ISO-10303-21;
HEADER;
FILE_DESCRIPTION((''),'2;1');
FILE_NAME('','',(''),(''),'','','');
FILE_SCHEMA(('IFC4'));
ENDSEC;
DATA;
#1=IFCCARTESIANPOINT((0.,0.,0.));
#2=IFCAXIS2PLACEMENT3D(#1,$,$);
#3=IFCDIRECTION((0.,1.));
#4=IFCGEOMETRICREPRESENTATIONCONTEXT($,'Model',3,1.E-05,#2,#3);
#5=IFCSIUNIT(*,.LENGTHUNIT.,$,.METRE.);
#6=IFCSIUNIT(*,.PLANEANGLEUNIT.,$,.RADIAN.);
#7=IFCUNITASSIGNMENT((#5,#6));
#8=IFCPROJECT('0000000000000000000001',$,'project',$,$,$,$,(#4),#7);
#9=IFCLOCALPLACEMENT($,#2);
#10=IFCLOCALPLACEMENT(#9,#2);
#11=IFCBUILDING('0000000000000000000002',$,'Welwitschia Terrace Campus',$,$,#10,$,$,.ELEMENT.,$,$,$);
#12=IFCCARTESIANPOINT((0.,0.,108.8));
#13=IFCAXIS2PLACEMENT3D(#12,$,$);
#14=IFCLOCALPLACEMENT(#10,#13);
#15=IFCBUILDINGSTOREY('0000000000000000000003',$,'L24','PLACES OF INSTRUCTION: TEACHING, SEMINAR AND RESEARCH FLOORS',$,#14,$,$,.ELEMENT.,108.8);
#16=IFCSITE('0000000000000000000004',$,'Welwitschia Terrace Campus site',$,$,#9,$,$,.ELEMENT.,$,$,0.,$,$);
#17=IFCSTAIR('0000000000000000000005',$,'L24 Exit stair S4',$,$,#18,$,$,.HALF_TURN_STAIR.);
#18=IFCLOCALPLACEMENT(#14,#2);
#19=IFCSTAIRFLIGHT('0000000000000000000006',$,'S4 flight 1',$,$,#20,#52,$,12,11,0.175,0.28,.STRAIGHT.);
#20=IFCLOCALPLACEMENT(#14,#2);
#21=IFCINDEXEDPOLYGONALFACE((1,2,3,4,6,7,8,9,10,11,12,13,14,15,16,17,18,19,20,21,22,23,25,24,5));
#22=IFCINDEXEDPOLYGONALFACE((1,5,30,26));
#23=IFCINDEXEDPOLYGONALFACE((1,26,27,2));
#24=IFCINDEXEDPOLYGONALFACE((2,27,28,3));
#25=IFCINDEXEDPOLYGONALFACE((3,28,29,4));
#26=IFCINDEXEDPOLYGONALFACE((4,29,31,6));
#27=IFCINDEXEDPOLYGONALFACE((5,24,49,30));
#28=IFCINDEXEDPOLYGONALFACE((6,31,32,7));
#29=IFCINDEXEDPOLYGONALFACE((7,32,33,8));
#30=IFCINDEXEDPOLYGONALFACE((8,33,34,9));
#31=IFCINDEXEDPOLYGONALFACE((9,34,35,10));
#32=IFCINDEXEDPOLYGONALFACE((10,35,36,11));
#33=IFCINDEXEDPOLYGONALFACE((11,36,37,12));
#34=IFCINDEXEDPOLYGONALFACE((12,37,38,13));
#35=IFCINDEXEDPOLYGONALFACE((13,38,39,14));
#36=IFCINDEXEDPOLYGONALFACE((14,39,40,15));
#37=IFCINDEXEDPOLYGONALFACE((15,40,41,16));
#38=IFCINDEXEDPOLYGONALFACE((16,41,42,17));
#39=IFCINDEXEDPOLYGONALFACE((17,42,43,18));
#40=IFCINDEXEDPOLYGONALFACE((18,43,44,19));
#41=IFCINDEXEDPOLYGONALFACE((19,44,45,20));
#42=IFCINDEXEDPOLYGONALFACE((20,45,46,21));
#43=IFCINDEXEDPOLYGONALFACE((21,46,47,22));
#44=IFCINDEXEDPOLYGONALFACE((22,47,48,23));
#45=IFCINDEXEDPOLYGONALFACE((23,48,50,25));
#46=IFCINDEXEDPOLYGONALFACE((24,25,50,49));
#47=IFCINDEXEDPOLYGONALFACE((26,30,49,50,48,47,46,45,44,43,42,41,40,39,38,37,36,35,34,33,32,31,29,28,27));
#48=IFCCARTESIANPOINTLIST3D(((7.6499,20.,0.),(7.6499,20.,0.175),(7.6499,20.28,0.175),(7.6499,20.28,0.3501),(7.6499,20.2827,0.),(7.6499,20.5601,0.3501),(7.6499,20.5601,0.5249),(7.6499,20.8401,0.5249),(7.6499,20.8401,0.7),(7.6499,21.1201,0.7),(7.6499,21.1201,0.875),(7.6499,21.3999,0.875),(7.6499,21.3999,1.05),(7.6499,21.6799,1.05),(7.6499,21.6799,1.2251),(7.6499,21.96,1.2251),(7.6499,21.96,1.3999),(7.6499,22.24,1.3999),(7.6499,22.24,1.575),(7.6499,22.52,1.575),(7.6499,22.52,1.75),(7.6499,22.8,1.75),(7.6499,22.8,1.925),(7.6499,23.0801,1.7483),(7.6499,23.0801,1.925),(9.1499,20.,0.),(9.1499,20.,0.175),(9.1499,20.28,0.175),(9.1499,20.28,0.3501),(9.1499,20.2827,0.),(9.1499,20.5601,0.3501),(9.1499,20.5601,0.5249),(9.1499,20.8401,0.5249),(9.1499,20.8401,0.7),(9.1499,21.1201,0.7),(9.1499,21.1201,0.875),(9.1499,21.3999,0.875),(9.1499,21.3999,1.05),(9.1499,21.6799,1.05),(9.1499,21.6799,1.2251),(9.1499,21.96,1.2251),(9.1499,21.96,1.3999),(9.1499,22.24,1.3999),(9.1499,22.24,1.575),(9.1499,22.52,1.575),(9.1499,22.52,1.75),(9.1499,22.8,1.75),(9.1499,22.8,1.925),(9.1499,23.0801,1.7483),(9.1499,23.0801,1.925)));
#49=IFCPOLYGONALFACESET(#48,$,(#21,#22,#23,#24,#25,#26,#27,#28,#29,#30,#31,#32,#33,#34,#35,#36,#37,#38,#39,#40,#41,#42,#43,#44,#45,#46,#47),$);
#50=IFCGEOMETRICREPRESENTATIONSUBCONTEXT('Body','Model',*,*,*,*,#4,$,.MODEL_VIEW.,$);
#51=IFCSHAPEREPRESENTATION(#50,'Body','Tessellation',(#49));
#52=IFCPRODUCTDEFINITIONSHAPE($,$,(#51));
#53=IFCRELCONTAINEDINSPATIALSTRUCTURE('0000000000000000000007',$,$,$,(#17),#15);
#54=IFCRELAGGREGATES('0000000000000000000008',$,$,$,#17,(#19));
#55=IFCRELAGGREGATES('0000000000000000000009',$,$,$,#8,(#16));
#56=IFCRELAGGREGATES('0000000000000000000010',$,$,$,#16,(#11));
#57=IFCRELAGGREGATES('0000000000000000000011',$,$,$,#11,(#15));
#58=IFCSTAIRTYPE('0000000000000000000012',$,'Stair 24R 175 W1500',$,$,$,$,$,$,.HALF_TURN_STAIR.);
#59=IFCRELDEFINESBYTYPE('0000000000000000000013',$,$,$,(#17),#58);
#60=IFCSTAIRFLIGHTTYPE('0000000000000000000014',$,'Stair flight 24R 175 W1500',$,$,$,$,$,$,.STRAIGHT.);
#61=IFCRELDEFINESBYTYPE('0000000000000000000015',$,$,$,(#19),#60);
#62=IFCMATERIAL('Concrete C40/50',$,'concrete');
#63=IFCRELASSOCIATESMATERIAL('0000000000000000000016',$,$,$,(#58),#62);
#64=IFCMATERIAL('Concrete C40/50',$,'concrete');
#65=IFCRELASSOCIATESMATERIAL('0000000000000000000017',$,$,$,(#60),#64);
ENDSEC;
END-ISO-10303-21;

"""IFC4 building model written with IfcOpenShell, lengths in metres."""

from ifc_helpers import new_model, si_unit, direction, frame, origin, place, context, subcontext, project, spatial, polyline, outline, extrude, material, type_object, element, aggregate, save


model = new_model("IFC4")

# Units and contexts
model_context = context("Model", 3, precision=1e-05, world=origin(), true_north=direction((0.0, 1.0)))
body_context = subcontext(model_context, "Body", "Model", "MODEL_VIEW")
ifc_project = project(units=[si_unit("LENGTHUNIT", "METRE"), si_unit("PLANEANGLEUNIT", "RADIAN")], contexts=[model_context])

# Site, building, storey
site_placement = place(None, origin())
site = spatial("IfcSite", under=ifc_project, at=site_placement, Name="Welwitschia Terrace Campus site", CompositionType="ELEMENT", RefElevation=0.0)
building_placement = place(site_placement, origin())
building = spatial("IfcBuilding", under=site, at=building_placement, Name="Welwitschia Terrace Campus", CompositionType="ELEMENT")
storey_placement = place(building_placement, frame((0.0, 0.0, 108.8)))
storey = spatial("IfcBuildingStorey", under=building, at=storey_placement, Name="L24", Description="PLACES OF INSTRUCTION: TEACHING, SEMINAR AND RESEARCH FLOORS", CompositionType="ELEMENT", Elevation=108.8)

# Stair, stair flight
ifc_material_1 = material(Name="Concrete C40/50", Category="concrete")
stair_type = type_object("IfcStairType", Name="Stair 24R 175 W1500", PredefinedType="HALF_TURN_STAIR", material=ifc_material_1)
ifc_material_2 = material(Name="Concrete C40/50", Category="concrete")
stair_flight_type = type_object("IfcStairFlightType", Name="Stair flight 24R 175 W1500", PredefinedType="STRAIGHT", material=ifc_material_2)
stair_1_placement = place(storey_placement, origin())
stair_1 = element("IfcStair", 1, at=stair_1_placement, inside=storey, type_object=stair_type, Name="L24 Exit stair S4", PredefinedType="HALF_TURN_STAIR")
stair_flight_1_placement = place(storey_placement, frame((8.3999, 20.0, 0.0), z_axis=(0.0, 0.0, 1.0), x_axis=(0.0, 1.0, 0.0)))
stair_flight_1 = element("IfcStairFlight", 2, at=stair_flight_1_placement, type_object=stair_flight_type, Name="S4 flight 1", NumberOfRisers=12, NumberOfTreads=11, PredefinedType="STRAIGHT", RiserHeight=0.175, TreadLength=0.28, context=body_context, shape_type="SweptSolid", body=[
    extrude(outline(polyline([(0.0, 0.0), (0.0, 0.175), (0.28, 0.175), (0.28, 0.3501), (0.5601, 0.3501), (0.5601, 0.5249), (0.8401, 0.5249), (0.8401, 0.7), (1.1201, 0.7), (1.1201, 0.875), (1.3999, 0.875), (1.3999, 1.05), (1.6799, 1.05), (1.6799, 1.2251), (1.96, 1.2251), (1.96, 1.3999), (2.24, 1.3999), (2.24, 1.575), (2.52, 1.575), (2.52, 1.75), (2.8, 1.75), (2.8, 1.925), (3.0801, 1.925), (3.0801, 2.1001), (3.0801, 1.7483), (0.2827, 0.0), (0.0, 0.0)])), frame((0.0, 0.75, 0.0), z_axis=(0.0, -1.0, 0.0), x_axis=(1.0, 0.0, 0.0)), (0.0, 0.0, 1.0), 1.5),
])
aggregate(stair_1, [stair_flight_1])

save(model, "model.ifc")
